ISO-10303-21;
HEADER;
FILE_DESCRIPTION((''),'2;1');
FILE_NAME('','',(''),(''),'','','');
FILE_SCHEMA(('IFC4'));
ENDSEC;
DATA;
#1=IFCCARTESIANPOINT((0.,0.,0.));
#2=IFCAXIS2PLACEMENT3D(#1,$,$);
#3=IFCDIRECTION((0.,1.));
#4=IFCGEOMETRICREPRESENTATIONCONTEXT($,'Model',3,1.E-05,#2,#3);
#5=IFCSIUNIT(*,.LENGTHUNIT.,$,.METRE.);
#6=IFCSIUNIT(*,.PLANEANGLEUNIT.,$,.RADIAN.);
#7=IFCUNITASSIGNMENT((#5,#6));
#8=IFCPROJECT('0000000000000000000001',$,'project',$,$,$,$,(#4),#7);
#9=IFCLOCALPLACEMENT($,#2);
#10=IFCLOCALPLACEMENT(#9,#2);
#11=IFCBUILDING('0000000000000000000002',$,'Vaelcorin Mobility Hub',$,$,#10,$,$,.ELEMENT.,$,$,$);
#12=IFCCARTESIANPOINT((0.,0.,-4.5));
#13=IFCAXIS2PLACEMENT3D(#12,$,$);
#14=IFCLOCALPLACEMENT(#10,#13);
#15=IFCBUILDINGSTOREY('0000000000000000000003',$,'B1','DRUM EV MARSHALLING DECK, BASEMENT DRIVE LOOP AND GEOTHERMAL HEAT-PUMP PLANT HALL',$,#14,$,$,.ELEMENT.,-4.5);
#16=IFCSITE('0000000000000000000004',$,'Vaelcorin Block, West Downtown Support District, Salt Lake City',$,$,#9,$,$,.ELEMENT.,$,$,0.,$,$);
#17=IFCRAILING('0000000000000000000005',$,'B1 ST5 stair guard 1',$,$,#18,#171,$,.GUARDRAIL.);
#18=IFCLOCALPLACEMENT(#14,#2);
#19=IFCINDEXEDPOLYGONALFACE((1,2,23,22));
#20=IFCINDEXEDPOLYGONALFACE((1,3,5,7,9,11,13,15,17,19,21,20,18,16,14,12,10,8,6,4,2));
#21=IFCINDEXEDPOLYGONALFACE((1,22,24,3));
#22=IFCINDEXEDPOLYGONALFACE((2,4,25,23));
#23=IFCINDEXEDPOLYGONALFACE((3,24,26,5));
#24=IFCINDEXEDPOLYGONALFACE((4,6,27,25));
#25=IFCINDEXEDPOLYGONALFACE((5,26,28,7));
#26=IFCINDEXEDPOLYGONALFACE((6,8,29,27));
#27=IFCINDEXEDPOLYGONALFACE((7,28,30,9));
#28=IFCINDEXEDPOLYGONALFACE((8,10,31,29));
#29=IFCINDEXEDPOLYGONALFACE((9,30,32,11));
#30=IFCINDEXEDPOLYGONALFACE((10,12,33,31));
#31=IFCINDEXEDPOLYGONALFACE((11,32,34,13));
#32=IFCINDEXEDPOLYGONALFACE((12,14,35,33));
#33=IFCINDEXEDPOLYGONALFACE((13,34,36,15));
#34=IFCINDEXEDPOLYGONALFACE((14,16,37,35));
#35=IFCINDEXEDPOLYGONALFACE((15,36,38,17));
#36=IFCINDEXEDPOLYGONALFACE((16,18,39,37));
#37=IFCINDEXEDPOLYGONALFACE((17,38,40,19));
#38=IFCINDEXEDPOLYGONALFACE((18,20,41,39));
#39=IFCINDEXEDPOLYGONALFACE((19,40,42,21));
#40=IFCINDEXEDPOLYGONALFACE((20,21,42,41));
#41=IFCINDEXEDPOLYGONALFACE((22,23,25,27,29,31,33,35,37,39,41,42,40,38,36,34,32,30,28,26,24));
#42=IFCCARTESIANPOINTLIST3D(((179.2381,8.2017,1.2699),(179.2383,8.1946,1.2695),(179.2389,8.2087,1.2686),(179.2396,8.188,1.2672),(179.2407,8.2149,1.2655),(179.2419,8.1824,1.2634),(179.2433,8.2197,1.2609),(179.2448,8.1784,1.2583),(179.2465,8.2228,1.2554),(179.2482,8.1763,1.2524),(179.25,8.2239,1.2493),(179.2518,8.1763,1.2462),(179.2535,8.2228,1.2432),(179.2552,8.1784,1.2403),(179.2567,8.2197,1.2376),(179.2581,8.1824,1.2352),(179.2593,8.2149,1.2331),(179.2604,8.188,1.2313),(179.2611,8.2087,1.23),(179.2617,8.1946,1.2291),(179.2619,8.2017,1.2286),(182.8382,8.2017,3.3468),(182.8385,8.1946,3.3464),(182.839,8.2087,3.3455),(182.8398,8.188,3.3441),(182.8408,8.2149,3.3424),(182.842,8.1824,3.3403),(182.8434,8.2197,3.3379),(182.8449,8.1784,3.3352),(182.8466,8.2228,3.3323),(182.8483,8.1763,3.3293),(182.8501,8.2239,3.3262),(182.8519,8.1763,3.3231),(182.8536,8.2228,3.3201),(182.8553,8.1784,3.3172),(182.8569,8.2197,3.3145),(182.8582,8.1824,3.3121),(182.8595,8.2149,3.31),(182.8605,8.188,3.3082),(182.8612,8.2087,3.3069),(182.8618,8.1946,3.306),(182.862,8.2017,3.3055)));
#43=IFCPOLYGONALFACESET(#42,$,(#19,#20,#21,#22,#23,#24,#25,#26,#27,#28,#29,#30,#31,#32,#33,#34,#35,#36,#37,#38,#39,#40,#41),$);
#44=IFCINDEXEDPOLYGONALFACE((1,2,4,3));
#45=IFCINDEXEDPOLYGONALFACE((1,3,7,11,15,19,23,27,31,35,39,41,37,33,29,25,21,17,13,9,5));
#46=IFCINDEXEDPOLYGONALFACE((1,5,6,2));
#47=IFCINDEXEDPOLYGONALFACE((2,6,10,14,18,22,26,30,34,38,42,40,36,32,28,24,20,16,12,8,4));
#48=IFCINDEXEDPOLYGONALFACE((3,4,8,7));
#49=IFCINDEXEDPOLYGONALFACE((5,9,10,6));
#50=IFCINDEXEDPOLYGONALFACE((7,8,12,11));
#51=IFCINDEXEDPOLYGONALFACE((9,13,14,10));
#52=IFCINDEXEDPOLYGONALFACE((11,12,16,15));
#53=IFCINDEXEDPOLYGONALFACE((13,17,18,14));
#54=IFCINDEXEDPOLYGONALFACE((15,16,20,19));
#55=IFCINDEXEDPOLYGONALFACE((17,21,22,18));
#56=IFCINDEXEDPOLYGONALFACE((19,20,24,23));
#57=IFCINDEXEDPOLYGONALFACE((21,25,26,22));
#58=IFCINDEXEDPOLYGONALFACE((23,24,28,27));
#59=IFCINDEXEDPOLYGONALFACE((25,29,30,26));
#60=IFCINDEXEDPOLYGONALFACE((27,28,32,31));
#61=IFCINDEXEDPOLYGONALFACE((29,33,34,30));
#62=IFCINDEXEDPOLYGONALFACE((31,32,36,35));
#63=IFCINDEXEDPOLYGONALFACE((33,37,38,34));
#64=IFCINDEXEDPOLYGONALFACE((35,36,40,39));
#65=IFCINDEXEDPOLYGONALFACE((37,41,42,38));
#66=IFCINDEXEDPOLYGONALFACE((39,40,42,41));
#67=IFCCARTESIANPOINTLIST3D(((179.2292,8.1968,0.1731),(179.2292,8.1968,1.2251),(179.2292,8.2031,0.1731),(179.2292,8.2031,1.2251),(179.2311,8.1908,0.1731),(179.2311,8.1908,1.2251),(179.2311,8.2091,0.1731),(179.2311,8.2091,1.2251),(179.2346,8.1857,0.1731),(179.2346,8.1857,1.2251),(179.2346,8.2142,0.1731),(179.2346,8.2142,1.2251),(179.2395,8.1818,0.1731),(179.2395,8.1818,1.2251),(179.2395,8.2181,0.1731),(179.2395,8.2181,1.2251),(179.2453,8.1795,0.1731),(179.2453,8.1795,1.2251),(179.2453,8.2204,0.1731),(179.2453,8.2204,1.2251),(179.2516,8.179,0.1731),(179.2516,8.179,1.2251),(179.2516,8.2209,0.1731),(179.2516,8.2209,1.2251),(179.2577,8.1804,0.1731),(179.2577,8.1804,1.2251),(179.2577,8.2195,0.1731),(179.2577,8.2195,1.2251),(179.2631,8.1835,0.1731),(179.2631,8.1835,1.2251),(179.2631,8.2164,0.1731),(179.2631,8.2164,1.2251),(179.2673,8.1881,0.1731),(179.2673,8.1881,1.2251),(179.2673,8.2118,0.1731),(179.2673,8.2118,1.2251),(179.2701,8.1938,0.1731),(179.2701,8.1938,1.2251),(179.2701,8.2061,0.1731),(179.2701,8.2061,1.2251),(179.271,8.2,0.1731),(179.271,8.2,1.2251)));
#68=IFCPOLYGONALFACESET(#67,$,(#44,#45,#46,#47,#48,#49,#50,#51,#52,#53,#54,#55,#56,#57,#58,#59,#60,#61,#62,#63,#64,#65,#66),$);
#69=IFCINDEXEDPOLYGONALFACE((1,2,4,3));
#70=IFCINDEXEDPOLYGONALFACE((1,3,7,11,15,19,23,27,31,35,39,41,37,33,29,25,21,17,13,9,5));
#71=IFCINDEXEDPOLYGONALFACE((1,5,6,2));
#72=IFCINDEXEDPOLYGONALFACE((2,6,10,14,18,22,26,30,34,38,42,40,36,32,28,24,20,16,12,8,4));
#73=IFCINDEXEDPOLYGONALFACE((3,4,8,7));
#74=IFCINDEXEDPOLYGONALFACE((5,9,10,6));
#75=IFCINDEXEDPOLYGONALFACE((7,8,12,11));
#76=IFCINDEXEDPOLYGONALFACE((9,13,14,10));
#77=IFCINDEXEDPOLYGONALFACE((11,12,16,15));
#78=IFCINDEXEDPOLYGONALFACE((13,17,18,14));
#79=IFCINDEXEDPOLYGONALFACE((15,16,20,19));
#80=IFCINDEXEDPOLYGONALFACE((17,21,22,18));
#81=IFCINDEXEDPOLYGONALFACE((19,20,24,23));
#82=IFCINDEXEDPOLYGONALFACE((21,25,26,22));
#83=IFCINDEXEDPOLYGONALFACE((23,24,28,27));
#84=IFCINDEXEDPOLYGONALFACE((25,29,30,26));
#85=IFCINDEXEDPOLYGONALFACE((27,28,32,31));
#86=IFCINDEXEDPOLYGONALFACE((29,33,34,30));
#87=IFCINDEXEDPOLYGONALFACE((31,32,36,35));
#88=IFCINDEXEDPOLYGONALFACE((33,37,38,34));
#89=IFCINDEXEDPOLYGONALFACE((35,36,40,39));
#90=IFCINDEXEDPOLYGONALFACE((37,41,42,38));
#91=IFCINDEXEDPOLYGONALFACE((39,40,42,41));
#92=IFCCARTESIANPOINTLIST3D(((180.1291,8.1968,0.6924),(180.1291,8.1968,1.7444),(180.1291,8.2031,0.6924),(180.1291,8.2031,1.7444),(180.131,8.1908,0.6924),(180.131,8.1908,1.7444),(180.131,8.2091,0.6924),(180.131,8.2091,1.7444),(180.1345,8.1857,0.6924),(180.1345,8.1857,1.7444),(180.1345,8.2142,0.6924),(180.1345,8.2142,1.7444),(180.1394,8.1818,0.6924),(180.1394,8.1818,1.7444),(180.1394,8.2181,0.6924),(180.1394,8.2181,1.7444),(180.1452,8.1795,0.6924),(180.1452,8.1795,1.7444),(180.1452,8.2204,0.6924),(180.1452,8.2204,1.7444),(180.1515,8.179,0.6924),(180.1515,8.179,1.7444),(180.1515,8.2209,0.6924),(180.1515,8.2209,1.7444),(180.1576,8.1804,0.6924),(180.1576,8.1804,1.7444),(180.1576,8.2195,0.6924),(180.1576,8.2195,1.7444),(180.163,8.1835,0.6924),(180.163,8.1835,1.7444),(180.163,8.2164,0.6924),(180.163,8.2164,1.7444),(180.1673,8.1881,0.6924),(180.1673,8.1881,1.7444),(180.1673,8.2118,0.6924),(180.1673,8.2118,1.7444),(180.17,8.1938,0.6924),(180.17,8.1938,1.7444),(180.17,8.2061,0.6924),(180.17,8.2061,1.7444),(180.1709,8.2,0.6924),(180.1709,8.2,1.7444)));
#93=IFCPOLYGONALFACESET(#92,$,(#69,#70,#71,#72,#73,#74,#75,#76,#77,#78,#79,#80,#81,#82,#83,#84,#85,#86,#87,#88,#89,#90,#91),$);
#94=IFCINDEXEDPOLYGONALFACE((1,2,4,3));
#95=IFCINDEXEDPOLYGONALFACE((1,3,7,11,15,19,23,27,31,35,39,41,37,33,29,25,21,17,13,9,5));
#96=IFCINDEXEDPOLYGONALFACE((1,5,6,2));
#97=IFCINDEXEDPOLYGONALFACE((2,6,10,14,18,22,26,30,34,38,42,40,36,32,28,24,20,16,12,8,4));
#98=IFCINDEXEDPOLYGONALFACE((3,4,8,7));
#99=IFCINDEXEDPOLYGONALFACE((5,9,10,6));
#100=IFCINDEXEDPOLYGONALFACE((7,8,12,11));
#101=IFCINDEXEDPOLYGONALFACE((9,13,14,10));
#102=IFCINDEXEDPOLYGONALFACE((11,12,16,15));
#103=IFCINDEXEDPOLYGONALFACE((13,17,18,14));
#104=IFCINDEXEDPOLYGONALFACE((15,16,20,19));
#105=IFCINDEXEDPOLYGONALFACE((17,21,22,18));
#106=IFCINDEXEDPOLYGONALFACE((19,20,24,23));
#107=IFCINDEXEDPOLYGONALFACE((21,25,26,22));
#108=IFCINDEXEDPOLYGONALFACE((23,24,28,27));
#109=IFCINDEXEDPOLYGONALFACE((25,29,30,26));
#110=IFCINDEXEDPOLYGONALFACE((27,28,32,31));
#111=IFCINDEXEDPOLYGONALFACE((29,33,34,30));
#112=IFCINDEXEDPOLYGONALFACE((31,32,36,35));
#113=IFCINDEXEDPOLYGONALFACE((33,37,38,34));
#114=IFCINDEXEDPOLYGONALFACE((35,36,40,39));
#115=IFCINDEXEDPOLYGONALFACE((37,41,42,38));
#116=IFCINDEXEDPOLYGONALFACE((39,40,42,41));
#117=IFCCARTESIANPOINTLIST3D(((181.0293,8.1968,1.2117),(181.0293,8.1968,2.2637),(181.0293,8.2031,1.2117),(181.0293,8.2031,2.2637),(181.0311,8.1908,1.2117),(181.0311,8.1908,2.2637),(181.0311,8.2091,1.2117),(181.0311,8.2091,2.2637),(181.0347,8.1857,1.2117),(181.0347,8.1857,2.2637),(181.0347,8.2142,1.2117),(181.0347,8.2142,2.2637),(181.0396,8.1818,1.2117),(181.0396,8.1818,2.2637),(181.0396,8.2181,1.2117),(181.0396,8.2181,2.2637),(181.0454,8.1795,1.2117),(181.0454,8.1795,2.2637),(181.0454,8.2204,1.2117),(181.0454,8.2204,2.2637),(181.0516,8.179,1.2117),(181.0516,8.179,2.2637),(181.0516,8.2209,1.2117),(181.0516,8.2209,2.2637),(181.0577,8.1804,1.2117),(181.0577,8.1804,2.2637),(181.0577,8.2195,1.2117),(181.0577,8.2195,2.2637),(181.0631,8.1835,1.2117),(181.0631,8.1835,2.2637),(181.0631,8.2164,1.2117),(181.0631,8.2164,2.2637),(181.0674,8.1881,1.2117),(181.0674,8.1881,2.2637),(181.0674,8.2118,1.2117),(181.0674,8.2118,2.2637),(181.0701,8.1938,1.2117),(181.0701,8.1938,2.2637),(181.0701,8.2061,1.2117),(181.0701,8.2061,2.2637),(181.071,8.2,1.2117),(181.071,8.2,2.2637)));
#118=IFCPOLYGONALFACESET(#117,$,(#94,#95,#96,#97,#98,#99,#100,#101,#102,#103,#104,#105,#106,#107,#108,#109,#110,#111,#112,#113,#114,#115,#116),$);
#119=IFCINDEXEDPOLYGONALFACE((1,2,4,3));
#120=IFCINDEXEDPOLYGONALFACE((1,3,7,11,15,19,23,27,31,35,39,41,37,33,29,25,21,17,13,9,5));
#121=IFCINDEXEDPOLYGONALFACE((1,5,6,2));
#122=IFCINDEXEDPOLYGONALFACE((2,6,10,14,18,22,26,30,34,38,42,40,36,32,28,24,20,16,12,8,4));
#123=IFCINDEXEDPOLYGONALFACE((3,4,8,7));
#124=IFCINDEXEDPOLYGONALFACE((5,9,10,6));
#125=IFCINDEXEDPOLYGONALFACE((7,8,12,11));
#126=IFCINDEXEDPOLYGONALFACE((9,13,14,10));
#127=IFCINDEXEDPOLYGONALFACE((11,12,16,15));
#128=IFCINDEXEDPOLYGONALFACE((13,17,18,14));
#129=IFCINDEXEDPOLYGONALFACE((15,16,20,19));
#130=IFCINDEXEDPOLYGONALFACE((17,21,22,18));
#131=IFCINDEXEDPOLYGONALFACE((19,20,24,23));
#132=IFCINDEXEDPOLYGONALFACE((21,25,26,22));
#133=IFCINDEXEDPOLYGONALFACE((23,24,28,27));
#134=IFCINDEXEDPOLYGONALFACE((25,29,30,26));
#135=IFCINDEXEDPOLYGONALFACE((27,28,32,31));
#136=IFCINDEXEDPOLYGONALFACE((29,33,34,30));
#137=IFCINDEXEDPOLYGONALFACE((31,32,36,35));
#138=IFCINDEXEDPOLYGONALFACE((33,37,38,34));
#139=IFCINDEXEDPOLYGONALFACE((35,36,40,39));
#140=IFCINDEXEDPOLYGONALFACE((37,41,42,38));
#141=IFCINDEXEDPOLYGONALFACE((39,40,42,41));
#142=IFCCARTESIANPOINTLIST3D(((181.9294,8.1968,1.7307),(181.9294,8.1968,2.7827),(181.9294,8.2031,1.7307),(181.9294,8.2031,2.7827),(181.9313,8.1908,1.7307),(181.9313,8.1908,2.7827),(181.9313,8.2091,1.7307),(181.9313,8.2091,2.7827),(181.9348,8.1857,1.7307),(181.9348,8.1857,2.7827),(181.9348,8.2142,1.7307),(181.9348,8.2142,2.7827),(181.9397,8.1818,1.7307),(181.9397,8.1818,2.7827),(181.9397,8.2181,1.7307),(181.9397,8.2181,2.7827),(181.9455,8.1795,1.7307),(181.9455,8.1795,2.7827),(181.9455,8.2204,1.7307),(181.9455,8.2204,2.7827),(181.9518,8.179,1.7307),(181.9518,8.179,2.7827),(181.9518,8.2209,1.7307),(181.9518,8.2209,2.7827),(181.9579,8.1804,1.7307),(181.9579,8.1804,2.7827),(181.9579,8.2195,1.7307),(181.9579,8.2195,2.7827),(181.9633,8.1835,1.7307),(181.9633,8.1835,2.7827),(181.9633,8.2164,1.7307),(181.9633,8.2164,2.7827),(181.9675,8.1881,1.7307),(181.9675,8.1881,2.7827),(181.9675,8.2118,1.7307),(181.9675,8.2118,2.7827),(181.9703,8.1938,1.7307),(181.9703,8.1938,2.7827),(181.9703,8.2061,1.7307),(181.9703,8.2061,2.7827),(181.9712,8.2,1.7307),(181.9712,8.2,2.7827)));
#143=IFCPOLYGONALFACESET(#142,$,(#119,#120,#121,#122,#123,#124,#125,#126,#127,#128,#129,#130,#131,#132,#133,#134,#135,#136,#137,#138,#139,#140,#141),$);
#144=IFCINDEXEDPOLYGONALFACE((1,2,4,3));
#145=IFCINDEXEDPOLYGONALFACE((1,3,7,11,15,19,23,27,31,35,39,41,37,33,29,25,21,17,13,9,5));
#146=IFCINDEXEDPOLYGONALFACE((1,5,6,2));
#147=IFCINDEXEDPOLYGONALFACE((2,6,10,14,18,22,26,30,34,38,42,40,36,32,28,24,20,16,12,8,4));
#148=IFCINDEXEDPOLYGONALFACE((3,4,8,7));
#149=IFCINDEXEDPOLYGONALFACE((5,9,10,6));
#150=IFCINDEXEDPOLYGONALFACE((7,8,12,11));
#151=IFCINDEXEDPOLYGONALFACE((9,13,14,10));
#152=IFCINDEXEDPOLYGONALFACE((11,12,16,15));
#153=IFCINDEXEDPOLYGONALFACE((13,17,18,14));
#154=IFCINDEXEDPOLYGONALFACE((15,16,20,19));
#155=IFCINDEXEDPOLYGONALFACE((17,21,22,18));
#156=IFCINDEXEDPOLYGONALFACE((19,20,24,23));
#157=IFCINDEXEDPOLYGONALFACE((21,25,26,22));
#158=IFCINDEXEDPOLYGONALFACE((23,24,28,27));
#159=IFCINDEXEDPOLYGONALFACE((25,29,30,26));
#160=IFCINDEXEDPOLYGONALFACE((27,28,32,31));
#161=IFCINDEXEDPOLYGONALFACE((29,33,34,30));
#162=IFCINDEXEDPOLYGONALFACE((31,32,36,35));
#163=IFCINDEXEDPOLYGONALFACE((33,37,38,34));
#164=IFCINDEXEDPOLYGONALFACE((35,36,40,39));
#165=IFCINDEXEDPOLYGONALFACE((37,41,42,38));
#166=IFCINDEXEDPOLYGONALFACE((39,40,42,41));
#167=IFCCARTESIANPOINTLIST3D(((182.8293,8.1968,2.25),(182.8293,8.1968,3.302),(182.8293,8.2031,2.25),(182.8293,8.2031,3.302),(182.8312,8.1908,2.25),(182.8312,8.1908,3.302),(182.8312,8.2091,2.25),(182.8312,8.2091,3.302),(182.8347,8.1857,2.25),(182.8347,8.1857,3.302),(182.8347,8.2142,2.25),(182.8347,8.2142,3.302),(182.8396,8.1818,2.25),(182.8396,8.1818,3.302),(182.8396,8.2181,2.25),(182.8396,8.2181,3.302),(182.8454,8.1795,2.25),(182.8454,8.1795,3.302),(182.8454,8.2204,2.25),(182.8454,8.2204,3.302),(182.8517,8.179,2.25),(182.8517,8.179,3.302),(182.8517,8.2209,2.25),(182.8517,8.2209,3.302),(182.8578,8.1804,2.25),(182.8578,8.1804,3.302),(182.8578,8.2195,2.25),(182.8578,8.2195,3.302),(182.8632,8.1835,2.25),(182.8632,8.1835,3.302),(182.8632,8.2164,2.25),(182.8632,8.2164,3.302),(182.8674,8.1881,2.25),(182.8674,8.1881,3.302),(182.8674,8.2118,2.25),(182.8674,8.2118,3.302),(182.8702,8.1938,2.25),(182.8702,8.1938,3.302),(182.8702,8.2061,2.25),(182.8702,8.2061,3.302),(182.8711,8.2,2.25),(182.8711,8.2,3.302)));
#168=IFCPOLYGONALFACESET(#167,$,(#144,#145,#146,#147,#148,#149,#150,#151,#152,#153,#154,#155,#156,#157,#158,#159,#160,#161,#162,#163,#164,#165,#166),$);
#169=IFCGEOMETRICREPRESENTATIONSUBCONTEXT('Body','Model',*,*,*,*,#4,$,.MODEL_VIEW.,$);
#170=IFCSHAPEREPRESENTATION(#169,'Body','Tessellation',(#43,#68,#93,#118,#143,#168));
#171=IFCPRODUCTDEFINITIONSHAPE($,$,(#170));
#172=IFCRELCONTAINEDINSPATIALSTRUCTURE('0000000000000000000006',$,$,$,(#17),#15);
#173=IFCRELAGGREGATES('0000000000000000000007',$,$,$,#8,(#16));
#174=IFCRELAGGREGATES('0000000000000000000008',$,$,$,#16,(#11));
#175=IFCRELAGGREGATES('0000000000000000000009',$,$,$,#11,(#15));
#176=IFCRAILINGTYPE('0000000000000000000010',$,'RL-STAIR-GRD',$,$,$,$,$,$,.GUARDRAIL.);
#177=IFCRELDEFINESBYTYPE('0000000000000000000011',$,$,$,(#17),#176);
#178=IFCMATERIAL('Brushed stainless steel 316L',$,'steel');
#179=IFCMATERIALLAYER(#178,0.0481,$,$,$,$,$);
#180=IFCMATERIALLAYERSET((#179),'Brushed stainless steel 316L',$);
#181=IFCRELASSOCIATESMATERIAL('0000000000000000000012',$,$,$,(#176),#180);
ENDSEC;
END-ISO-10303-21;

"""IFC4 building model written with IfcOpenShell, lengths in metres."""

from ifc_helpers import new_model, si_unit, direction, frame, origin, origin_2d, place, context, subcontext, project, spatial, circle, extrude, material, layer, layer_set, type_object, element, save


model = new_model("IFC4")

# Units and contexts
model_context = context("Model", 3, precision=1e-05, world=origin(), true_north=direction((0.0, 1.0)))
body_context = subcontext(model_context, "Body", "Model", "MODEL_VIEW")
ifc_project = project(units=[si_unit("LENGTHUNIT", "METRE"), si_unit("PLANEANGLEUNIT", "RADIAN")], contexts=[model_context])

# Site, building, storey
site_placement = place(None, origin())
site = spatial("IfcSite", under=ifc_project, at=site_placement, Name="Vaelcorin Block, West Downtown Support District, Salt Lake City", CompositionType="ELEMENT", RefElevation=0.0)
building_placement = place(site_placement, origin())
building = spatial("IfcBuilding", under=site, at=building_placement, Name="Vaelcorin Mobility Hub", CompositionType="ELEMENT")
storey_placement = place(building_placement, frame((0.0, 0.0, -4.5)))
storey = spatial("IfcBuildingStorey", under=building, at=storey_placement, Name="B1", Description="DRUM EV MARSHALLING DECK, BASEMENT DRIVE LOOP AND GEOTHERMAL HEAT-PUMP PLANT HALL", CompositionType="ELEMENT", Elevation=-4.5)

# Railing
ifc_material_1 = material(Name="Brushed stainless steel 316L", Category="steel")
ifc_layer_1 = layer(ifc_material_1, 0.0481)
ifc_layer_set_1 = layer_set([ifc_layer_1], Name="Brushed stainless steel 316L")
railing_type_1 = type_object("IfcRailingType", Name="RL-STAIR-GRD", PredefinedType="GUARDRAIL", material=ifc_layer_set_1)
railing_1_placement = place(storey_placement, frame((179.25, 8.2, 0.1731)))
element("IfcRailing", 1, at=railing_1_placement, inside=storey, type_object=railing_type_1, Name="B1 ST5 stair guard 1", PredefinedType="GUARDRAIL", context=body_context, shape_type="SweptSolid", body=[
    extrude(circle(Radius=0.0239, at=origin_2d()), frame((0.0, 0.0, 1.0762), z_axis=(0.866193, 0.0, 0.499709), x_axis=(0.0, 1.0, 0.0)), (0.0, 0.0, 1.0), 4.1562),
    extrude(circle(Radius=0.021, at=origin_2d()), origin(), (0.0, 0.0, 1.0), 1.052),
    extrude(circle(Radius=0.021, at=origin_2d()), frame((0.8999, 0.0, 0.5193)), (0.0, 0.0, 1.0), 1.052),
    extrude(circle(Radius=0.021, at=origin_2d()), frame((1.8, 0.0, 1.0386)), (0.0, 0.0, 1.0), 1.052),
    extrude(circle(Radius=0.021, at=origin_2d()), frame((2.7002, 0.0, 1.5576)), (0.0, 0.0, 1.0), 1.052),
    extrude(circle(Radius=0.021, at=origin_2d()), frame((3.6001, 0.0, 2.0769)), (0.0, 0.0, 1.0), 1.052),
])

save(model, "model.ifc")
